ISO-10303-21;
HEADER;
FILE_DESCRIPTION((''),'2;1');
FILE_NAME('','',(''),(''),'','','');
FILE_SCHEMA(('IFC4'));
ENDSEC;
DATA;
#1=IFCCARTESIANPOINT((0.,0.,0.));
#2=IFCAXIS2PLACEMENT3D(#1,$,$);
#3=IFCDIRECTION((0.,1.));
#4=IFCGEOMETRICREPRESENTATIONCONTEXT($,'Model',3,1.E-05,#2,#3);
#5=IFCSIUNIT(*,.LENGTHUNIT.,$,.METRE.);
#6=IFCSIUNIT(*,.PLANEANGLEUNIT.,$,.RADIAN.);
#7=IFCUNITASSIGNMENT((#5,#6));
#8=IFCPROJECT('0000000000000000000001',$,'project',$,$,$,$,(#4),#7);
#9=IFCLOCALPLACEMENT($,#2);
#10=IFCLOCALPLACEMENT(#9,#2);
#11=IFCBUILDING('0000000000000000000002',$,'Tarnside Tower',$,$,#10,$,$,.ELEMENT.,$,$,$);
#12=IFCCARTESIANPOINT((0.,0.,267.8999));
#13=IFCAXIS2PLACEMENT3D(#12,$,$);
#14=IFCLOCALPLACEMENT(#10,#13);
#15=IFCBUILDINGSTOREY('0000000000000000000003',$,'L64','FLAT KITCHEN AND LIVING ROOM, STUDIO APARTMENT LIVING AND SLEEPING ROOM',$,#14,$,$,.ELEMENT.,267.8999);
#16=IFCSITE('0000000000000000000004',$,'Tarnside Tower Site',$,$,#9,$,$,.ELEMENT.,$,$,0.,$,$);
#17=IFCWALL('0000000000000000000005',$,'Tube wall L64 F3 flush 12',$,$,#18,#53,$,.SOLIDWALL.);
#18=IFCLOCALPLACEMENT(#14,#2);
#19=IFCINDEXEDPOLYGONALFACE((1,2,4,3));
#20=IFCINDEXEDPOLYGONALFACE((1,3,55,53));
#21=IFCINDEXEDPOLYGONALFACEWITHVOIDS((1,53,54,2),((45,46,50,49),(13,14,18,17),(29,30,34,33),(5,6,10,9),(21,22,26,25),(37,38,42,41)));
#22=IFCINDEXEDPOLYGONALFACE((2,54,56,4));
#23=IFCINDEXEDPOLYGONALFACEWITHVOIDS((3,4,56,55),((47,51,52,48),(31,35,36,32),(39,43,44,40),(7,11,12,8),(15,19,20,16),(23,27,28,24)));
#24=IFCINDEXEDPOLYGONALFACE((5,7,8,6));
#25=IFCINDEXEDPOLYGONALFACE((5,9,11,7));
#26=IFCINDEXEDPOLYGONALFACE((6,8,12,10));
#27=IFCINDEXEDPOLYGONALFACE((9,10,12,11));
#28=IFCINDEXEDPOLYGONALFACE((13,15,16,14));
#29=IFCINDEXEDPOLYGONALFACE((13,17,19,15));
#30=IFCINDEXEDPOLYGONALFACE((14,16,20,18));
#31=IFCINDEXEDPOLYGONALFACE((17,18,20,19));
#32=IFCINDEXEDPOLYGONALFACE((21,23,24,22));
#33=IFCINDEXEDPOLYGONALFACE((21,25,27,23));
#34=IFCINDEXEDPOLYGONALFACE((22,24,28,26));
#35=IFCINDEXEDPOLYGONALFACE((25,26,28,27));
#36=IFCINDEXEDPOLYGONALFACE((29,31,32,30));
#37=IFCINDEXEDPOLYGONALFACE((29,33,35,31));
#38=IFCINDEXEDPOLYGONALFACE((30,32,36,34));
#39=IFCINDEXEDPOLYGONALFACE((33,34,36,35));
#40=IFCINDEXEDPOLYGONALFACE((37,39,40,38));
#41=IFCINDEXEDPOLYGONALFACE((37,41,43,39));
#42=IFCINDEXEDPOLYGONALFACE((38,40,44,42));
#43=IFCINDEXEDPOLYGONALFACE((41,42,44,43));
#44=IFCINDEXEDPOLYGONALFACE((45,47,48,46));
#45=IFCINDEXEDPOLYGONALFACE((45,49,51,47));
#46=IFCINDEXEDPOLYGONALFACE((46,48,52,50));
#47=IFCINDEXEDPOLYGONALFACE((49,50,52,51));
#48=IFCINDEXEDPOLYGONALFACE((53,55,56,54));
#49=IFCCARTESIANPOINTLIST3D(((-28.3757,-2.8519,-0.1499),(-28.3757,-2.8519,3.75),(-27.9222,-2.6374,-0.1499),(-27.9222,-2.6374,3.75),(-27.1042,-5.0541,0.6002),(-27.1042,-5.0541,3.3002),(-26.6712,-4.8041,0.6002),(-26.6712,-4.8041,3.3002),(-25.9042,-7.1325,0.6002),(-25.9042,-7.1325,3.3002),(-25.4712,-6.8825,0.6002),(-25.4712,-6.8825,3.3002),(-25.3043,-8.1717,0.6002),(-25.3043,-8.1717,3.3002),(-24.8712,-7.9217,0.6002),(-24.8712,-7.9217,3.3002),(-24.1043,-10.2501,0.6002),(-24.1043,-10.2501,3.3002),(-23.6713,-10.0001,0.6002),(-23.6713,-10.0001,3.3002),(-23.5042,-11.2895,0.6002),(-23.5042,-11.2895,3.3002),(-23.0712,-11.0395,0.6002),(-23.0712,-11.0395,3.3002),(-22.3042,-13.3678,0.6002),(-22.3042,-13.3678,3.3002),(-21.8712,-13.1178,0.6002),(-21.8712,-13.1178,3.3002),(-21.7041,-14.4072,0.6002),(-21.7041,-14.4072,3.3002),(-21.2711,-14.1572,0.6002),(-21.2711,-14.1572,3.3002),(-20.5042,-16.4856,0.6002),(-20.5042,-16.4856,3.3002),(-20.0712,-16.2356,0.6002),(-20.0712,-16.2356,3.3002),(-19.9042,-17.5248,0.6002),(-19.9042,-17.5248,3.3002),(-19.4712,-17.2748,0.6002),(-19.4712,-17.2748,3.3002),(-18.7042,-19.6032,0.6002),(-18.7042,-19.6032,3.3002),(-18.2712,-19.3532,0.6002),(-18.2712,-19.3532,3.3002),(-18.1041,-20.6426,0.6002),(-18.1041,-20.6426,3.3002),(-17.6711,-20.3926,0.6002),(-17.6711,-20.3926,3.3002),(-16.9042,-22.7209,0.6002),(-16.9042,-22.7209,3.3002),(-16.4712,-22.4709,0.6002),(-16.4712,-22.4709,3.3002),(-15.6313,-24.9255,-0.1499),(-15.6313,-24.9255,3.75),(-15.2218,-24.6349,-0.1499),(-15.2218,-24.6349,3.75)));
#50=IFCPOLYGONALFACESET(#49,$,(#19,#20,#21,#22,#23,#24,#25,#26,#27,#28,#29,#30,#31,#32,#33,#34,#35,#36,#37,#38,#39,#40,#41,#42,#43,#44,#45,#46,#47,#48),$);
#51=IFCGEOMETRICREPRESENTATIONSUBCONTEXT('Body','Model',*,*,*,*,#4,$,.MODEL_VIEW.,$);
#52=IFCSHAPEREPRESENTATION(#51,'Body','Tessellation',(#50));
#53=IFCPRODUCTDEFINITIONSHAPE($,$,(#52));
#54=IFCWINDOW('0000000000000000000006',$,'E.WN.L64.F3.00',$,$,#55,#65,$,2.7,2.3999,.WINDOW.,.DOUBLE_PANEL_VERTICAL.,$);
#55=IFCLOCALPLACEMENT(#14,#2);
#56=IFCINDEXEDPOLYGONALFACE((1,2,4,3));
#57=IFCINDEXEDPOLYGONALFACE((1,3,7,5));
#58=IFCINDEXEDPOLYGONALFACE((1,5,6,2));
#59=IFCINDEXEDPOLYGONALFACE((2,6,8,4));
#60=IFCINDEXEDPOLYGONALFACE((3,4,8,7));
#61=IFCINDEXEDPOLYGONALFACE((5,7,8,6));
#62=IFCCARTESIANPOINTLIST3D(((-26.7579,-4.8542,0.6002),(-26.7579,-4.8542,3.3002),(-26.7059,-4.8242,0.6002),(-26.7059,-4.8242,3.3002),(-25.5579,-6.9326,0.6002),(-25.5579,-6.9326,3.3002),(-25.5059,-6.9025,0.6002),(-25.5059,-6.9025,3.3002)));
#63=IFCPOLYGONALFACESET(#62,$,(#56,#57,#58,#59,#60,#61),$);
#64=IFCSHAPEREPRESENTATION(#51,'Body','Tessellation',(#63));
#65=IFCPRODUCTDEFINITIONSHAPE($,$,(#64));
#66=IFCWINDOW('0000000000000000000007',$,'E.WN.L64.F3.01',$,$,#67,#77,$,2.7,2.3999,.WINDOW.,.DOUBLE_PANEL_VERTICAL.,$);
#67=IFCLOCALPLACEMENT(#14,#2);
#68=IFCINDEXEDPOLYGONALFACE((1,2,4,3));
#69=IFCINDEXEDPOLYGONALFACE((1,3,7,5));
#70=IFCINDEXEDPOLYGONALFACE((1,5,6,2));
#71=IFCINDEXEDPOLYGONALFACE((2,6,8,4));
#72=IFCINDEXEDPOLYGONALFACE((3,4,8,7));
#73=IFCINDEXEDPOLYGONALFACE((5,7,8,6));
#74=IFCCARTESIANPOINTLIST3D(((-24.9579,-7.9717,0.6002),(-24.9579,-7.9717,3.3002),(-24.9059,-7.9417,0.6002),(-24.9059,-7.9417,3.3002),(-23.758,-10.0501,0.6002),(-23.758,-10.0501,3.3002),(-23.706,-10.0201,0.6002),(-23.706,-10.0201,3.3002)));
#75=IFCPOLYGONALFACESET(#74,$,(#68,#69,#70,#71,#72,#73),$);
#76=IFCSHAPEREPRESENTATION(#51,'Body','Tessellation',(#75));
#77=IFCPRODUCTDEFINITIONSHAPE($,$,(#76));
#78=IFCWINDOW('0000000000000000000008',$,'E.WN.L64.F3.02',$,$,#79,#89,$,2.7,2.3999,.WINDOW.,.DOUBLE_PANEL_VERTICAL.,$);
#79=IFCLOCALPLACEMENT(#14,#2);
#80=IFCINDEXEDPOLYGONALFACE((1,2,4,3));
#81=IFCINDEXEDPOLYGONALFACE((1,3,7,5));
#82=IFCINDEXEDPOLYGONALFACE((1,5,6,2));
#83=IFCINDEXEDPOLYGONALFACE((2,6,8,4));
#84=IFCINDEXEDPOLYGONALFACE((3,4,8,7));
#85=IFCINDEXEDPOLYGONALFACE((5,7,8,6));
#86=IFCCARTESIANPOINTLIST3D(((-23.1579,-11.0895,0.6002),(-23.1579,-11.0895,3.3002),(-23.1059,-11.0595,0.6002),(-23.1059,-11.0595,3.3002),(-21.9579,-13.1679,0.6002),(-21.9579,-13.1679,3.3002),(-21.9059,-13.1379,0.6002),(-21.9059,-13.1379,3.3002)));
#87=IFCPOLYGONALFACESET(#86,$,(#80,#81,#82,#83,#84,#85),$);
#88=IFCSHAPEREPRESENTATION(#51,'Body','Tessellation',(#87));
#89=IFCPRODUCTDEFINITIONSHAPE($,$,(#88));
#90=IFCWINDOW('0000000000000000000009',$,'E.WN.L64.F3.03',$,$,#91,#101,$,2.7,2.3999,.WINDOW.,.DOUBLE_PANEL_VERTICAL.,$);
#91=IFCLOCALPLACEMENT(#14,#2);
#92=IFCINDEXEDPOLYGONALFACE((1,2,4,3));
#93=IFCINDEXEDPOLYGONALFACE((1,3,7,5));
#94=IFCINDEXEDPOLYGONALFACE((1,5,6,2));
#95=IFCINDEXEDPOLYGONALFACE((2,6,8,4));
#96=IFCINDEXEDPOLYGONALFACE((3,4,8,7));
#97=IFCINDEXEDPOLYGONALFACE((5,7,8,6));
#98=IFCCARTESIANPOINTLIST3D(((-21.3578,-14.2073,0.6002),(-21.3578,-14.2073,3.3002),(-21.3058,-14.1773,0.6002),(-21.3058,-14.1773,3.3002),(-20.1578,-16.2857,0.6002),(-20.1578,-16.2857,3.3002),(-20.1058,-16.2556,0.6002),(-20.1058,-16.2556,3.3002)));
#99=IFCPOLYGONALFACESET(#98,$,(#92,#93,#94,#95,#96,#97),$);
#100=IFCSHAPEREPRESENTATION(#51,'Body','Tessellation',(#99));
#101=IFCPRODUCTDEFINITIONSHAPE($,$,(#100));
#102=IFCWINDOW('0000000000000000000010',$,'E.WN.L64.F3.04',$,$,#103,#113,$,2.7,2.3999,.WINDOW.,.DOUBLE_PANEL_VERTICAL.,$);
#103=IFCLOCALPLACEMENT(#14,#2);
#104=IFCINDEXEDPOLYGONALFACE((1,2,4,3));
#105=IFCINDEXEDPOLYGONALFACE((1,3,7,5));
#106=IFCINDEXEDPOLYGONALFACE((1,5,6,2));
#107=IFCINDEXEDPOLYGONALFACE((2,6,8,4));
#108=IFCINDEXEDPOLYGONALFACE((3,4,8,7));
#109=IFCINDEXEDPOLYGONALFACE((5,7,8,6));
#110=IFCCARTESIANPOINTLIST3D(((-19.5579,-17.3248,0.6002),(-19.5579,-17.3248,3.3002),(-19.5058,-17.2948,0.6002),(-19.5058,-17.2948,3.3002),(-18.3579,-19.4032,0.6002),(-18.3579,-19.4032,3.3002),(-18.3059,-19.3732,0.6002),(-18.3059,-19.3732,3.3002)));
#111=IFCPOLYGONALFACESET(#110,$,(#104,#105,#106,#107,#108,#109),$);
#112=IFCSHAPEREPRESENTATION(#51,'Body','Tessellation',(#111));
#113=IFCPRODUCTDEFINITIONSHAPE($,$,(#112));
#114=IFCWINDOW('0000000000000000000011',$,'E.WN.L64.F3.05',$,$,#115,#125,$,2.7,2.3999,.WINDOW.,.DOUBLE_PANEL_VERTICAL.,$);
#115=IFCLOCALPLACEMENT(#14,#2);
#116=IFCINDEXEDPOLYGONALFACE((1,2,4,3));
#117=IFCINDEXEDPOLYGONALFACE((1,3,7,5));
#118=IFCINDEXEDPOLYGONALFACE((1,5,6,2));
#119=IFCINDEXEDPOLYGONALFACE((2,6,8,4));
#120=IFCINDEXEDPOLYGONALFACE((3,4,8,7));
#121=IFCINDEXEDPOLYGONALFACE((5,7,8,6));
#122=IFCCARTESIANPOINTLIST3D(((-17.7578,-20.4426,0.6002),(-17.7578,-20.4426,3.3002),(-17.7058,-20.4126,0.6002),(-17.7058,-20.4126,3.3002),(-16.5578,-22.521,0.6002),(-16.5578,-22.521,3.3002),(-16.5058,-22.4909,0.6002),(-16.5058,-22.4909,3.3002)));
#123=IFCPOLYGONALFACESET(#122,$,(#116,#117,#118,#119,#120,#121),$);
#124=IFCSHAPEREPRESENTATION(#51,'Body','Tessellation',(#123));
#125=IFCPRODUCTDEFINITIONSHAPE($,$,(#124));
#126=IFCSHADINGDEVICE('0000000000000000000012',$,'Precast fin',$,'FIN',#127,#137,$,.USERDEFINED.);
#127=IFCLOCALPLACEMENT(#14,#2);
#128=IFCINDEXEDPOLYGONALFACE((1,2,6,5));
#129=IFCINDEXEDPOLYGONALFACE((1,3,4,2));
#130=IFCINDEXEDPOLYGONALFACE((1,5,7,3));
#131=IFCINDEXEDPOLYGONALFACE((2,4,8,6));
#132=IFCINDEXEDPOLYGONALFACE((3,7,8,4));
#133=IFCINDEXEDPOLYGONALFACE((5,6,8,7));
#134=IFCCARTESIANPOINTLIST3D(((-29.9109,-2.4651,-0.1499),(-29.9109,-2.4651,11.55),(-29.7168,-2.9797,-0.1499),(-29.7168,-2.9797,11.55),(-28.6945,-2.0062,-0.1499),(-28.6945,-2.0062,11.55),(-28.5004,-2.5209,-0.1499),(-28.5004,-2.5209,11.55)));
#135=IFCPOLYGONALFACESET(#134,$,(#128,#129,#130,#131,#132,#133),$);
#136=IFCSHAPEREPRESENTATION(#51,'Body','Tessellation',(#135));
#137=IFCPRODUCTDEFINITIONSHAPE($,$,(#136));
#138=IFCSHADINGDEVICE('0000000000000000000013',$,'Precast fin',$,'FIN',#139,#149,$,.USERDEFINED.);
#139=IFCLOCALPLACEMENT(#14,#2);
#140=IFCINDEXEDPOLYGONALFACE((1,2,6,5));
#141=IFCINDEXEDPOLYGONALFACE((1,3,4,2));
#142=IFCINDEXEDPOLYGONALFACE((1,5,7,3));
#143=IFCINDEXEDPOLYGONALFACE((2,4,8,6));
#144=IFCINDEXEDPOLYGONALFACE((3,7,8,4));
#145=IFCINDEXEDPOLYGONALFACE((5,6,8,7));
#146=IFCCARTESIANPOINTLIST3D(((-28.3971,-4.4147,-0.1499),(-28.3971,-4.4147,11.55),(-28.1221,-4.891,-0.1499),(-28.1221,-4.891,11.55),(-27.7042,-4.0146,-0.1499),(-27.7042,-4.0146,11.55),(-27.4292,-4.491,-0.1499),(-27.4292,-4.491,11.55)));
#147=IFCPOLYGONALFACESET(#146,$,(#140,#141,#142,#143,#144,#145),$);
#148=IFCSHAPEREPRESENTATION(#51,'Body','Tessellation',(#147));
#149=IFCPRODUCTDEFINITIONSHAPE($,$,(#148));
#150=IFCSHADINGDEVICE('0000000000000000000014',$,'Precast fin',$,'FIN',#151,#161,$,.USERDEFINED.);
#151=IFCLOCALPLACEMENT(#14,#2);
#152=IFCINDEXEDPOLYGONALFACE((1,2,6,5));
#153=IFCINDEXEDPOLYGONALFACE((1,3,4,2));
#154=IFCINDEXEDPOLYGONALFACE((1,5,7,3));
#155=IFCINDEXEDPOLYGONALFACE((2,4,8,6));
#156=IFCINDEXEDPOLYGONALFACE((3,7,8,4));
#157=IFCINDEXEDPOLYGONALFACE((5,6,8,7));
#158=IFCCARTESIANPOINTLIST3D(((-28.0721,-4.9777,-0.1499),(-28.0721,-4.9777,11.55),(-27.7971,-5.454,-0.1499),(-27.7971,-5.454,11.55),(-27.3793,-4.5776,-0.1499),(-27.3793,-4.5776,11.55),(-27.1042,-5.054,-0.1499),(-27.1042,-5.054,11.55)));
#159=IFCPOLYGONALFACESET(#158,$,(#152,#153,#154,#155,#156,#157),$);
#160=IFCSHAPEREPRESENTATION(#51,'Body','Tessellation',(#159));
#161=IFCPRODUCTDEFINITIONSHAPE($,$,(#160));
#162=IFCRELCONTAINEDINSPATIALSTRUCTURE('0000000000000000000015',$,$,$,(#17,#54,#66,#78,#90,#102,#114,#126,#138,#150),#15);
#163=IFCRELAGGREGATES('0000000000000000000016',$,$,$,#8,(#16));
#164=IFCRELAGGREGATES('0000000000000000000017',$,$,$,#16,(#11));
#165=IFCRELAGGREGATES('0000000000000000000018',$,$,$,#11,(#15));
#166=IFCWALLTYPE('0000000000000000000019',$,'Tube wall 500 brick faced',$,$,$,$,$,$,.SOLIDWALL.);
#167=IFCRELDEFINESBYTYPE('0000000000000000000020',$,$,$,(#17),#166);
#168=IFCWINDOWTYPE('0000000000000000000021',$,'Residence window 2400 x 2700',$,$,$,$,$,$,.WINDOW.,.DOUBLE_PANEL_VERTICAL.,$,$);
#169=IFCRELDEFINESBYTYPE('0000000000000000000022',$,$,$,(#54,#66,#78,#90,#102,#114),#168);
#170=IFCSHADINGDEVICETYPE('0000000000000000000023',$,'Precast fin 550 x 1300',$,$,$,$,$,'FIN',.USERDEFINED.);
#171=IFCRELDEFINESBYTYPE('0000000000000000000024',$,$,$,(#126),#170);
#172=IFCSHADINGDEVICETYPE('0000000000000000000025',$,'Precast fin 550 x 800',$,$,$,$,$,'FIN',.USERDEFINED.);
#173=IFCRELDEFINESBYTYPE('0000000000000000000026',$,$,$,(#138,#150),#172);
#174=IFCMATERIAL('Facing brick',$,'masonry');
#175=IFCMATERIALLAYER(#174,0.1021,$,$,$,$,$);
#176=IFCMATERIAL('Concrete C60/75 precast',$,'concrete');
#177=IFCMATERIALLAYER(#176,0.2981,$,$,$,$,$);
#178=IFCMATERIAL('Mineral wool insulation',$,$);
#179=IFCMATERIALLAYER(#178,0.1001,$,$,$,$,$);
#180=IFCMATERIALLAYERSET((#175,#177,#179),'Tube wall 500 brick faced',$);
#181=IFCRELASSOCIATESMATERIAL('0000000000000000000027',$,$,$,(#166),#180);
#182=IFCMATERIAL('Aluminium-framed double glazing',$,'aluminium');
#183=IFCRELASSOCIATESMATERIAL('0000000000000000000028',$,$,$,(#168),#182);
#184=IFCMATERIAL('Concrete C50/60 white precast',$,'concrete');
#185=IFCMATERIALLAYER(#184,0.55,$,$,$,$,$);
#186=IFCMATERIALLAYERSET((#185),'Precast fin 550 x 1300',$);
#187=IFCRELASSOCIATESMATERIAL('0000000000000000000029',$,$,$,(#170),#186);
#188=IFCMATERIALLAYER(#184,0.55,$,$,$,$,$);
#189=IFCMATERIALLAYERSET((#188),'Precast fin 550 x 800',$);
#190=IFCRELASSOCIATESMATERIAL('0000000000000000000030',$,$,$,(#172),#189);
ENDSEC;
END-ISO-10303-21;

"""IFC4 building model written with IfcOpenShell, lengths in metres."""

from ifc_helpers import new_model, si_unit, direction, frame, frame_2d, origin, place, context, subcontext, project, spatial, polyline, rectangle, outline, extrude, material, layer, layer_set, type_object, element, fill, save


model = new_model("IFC4")

# Units and contexts
model_context = context("Model", 3, precision=1e-05, world=origin(), true_north=direction((0.0, 1.0)))
body_context = subcontext(model_context, "Body", "Model", "MODEL_VIEW")
ifc_project = project(units=[si_unit("LENGTHUNIT", "METRE"), si_unit("PLANEANGLEUNIT", "RADIAN")], contexts=[model_context])

# Site, building, storey
site_placement = place(None, origin())
site = spatial("IfcSite", under=ifc_project, at=site_placement, Name="Tarnside Tower Site", CompositionType="ELEMENT", RefElevation=0.0)
building_placement = place(site_placement, origin())
building = spatial("IfcBuilding", under=site, at=building_placement, Name="Tarnside Tower", CompositionType="ELEMENT")
storey_placement = place(building_placement, frame((0.0, 0.0, 267.8999)))
storey = spatial("IfcBuildingStorey", under=building, at=storey_placement, Name="L64", Description="FLAT KITCHEN AND LIVING ROOM, STUDIO APARTMENT LIVING AND SLEEPING ROOM", CompositionType="ELEMENT", Elevation=267.8999)

# Shared definitions
ifc_material_1 = material(Name="Facing brick", Category="masonry")
ifc_layer_1 = layer(ifc_material_1, 0.1021)
ifc_material_2 = material(Name="Concrete C60/75 precast", Category="concrete")
ifc_layer_2 = layer(ifc_material_2, 0.2981)
ifc_material_3 = material(Name="Mineral wool insulation")
ifc_layer_3 = layer(ifc_material_3, 0.1001)
ifc_layer_set_1 = layer_set([ifc_layer_1, ifc_layer_2, ifc_layer_3], Name="Tube wall 500 brick faced")
wall_type_1 = type_object("IfcWallType", Name="Tube wall 500 brick faced", PredefinedType="SOLIDWALL", material=ifc_layer_set_1)

# Wall, openings, windows
wall_1_placement = place(storey_placement, frame((-28.1489, -2.7446, -0.1499), z_axis=(0.0, 0.0, 1.0), x_axis=(0.500004, -0.866023, 0.0)))
wall_1 = element("IfcWall", 1, at=wall_1_placement, inside=storey, type_object=wall_type_1, Name="Tube wall L64 F3 flush 12", PredefinedType="SOLIDWALL", context=body_context, shape_type="SweptSolid", body=[
    extrude(outline(polyline([(-0.0205, -0.25), (25.468, -0.25), (25.4211, 0.25), (0.0205, 0.25), (-0.0205, -0.25)])), origin(), (0.0, 0.0, 1.0), 3.8999),
])
opening_1_placement = place(wall_1_placement, frame((2.5225, 0.0, 0.75)))
opening_1 = element("IfcOpeningElement", 2, at=opening_1_placement, cuts=wall_1, PredefinedType="OPENING", context=body_context, shape_type="SweptSolid", body=[
    extrude(rectangle(XDim=2.3999, YDim=2.7, at=frame_2d((1.2, 1.3501))), frame((0.0, 0.26, 0.0), z_axis=(0.0, -1.0, 0.0), x_axis=(1.0, 0.0, 0.0)), (0.0, 0.0, 1.0), 0.52),
])
opening_2_placement = place(wall_1_placement, frame((6.1223, 0.0, 0.75)))
opening_2 = element("IfcOpeningElement", 3, at=opening_2_placement, cuts=wall_1, PredefinedType="OPENING", context=body_context, shape_type="SweptSolid", body=[
    extrude(rectangle(XDim=2.3999, YDim=2.7, at=frame_2d((1.2, 1.3501))), frame((0.0, 0.26, 0.0), z_axis=(0.0, -1.0, 0.0), x_axis=(1.0, 0.0, 0.0)), (0.0, 0.0, 1.0), 0.52),
])
opening_3_placement = place(wall_1_placement, frame((9.7224, 0.0, 0.75)))
opening_3 = element("IfcOpeningElement", 4, at=opening_3_placement, cuts=wall_1, PredefinedType="OPENING", context=body_context, shape_type="SweptSolid", body=[
    extrude(rectangle(XDim=2.3999, YDim=2.7, at=frame_2d((1.2, 1.3501))), frame((0.0, 0.26, 0.0), z_axis=(0.0, -1.0, 0.0), x_axis=(1.0, 0.0, 0.0)), (0.0, 0.0, 1.0), 0.52),
])
opening_4_placement = place(wall_1_placement, frame((13.3225, 0.0, 0.75)))
opening_4 = element("IfcOpeningElement", 5, at=opening_4_placement, cuts=wall_1, PredefinedType="OPENING", context=body_context, shape_type="SweptSolid", body=[
    extrude(rectangle(XDim=2.3999, YDim=2.7, at=frame_2d((1.2, 1.3501))), frame((0.0, 0.26, 0.0), z_axis=(0.0, -1.0, 0.0), x_axis=(1.0, 0.0, 0.0)), (0.0, 0.0, 1.0), 0.52),
])
opening_5_placement = place(wall_1_placement, frame((16.9224, 0.0, 0.75)))
opening_5 = element("IfcOpeningElement", 6, at=opening_5_placement, cuts=wall_1, PredefinedType="OPENING", context=body_context, shape_type="SweptSolid", body=[
    extrude(rectangle(XDim=2.3999, YDim=2.7, at=frame_2d((1.2, 1.3501))), frame((0.0, 0.26, 0.0), z_axis=(0.0, -1.0, 0.0), x_axis=(1.0, 0.0, 0.0)), (0.0, 0.0, 1.0), 0.52),
])
opening_6_placement = place(wall_1_placement, frame((20.5225, 0.0, 0.75)))
opening_6 = element("IfcOpeningElement", 7, at=opening_6_placement, cuts=wall_1, PredefinedType="OPENING", context=body_context, shape_type="SweptSolid", body=[
    extrude(rectangle(XDim=2.3999, YDim=2.7, at=frame_2d((1.2, 1.3501))), frame((0.0, 0.26, 0.0), z_axis=(0.0, -1.0, 0.0), x_axis=(1.0, 0.0, 0.0)), (0.0, 0.0, 1.0), 0.52),
])
ifc_material_4 = material(Name="Aluminium-framed double glazing", Category="aluminium")
window_type = type_object("IfcWindowType", Name="Residence window 2400 x 2700", PartitioningType="DOUBLE_PANEL_VERTICAL", PredefinedType="WINDOW", material=ifc_material_4)
window_1_placement = place(opening_1_placement, frame((0.0, 0.1799, 0.0)))
window_1 = element("IfcWindow", 8, at=window_1_placement, inside=storey, type_object=window_type, Name="E.WN.L64.F3.00", OverallHeight=2.7, OverallWidth=2.3999, PartitioningType="DOUBLE_PANEL_VERTICAL", PredefinedType="WINDOW", context=body_context, shape_type="SweptSolid", body=[
    extrude(rectangle(XDim=2.3999, YDim=2.7, at=frame_2d((1.2, 1.3501))), frame((0.0, 0.03, 0.0), z_axis=(0.0, -1.0, 0.0), x_axis=(1.0, 0.0, 0.0)), (0.0, 0.0, 1.0), 0.0601),
])
fill(opening_1, window_1)
window_2_placement = place(opening_2_placement, frame((0.0, 0.1799, 0.0)))
window_2 = element("IfcWindow", 9, at=window_2_placement, inside=storey, type_object=window_type, Name="E.WN.L64.F3.01", OverallHeight=2.7, OverallWidth=2.3999, PartitioningType="DOUBLE_PANEL_VERTICAL", PredefinedType="WINDOW", context=body_context, shape_type="SweptSolid", body=[
    extrude(rectangle(XDim=2.3999, YDim=2.7, at=frame_2d((1.2, 1.3501))), frame((0.0, 0.03, 0.0), z_axis=(0.0, -1.0, 0.0), x_axis=(1.0, 0.0, 0.0)), (0.0, 0.0, 1.0), 0.0601),
])
fill(opening_2, window_2)
window_3_placement = place(opening_3_placement, frame((0.0, 0.1799, 0.0)))
window_3 = element("IfcWindow", 10, at=window_3_placement, inside=storey, type_object=window_type, Name="E.WN.L64.F3.02", OverallHeight=2.7, OverallWidth=2.3999, PartitioningType="DOUBLE_PANEL_VERTICAL", PredefinedType="WINDOW", context=body_context, shape_type="SweptSolid", body=[
    extrude(rectangle(XDim=2.3999, YDim=2.7, at=frame_2d((1.2, 1.3501))), frame((0.0, 0.03, 0.0), z_axis=(0.0, -1.0, 0.0), x_axis=(1.0, 0.0, 0.0)), (0.0, 0.0, 1.0), 0.0601),
])
fill(opening_3, window_3)
window_4_placement = place(opening_4_placement, frame((0.0, 0.1799, 0.0)))
window_4 = element("IfcWindow", 11, at=window_4_placement, inside=storey, type_object=window_type, Name="E.WN.L64.F3.03", OverallHeight=2.7, OverallWidth=2.3999, PartitioningType="DOUBLE_PANEL_VERTICAL", PredefinedType="WINDOW", context=body_context, shape_type="SweptSolid", body=[
    extrude(rectangle(XDim=2.3999, YDim=2.7, at=frame_2d((1.2, 1.3501))), frame((0.0, 0.03, 0.0), z_axis=(0.0, -1.0, 0.0), x_axis=(1.0, 0.0, 0.0)), (0.0, 0.0, 1.0), 0.0601),
])
fill(opening_4, window_4)
window_5_placement = place(opening_5_placement, frame((0.0, 0.1799, 0.0)))
window_5 = element("IfcWindow", 12, at=window_5_placement, inside=storey, type_object=window_type, Name="E.WN.L64.F3.04", OverallHeight=2.7, OverallWidth=2.3999, PartitioningType="DOUBLE_PANEL_VERTICAL", PredefinedType="WINDOW", context=body_context, shape_type="SweptSolid", body=[
    extrude(rectangle(XDim=2.3999, YDim=2.7, at=frame_2d((1.2, 1.3501))), frame((0.0, 0.03, 0.0), z_axis=(0.0, -1.0, 0.0), x_axis=(1.0, 0.0, 0.0)), (0.0, 0.0, 1.0), 0.0601),
])
fill(opening_5, window_5)
window_6_placement = place(opening_6_placement, frame((0.0, 0.1799, 0.0)))
window_6 = element("IfcWindow", 13, at=window_6_placement, inside=storey, type_object=window_type, Name="E.WN.L64.F3.05", OverallHeight=2.7, OverallWidth=2.3999, PartitioningType="DOUBLE_PANEL_VERTICAL", PredefinedType="WINDOW", context=body_context, shape_type="SweptSolid", body=[
    extrude(rectangle(XDim=2.3999, YDim=2.7, at=frame_2d((1.2, 1.3501))), frame((0.0, 0.03, 0.0), z_axis=(0.0, -1.0, 0.0), x_axis=(1.0, 0.0, 0.0)), (0.0, 0.0, 1.0), 0.0601),
])
fill(opening_6, window_6)

# Shading devices
ifc_material_5 = material(Name="Concrete C50/60 white precast", Category="concrete")
ifc_layer_4 = layer(ifc_material_5, 0.55)
ifc_layer_set_2 = layer_set([ifc_layer_4], Name="Precast fin 550 x 1300")
shading_device_type_1 = type_object("IfcShadingDeviceType", Name="Precast fin 550 x 1300", ElementType="FIN", PredefinedType="USERDEFINED", material=ifc_layer_set_2)
shading_device_placement = place(storey_placement, frame((-28.5974, -2.2637, -0.1499), z_axis=(-0.352931, 0.93565, 0.0), x_axis=(-0.93565, -0.352931, 0.0)))
element("IfcShadingDevice", 14, at=shading_device_placement, inside=storey, type_object=shading_device_type_1, Name="Precast fin", ObjectType="FIN", PredefinedType="USERDEFINED", context=body_context, shape_type="SweptSolid", body=[
    extrude(outline(polyline([(0.0, 0.0), (1.3, 0.0), (1.3, 11.7), (0.0, 11.7), (0.0, 0.0)])), frame((0.0, 0.0, -0.2749)), (0.0, 0.0, 1.0), 0.55),
])
ifc_layer_5 = layer(ifc_material_5, 0.55)
ifc_layer_set_3 = layer_set([ifc_layer_5], Name="Precast fin 550 x 800")
shading_device_type_2 = type_object("IfcShadingDeviceType", Name="Precast fin 550 x 800", ElementType="FIN", PredefinedType="USERDEFINED", material=ifc_layer_set_3)
for number, where, z_axis, x_axis, name in (
    (15, (-27.5667, -4.2529, -0.1499), (-0.5, 0.866025, 0.0), (-0.866025, -0.5, 0.0), "Precast fin"),
    (16, (-27.2417, -4.8159, -0.1499), (-0.5, 0.866025, 0.0), (-0.866025, -0.5, 0.0), "Precast fin"),
):
    element("IfcShadingDevice", number, at=place(storey_placement, frame(where, z_axis=z_axis, x_axis=x_axis)), inside=storey, type_object=shading_device_type_2, Name=name, ObjectType="FIN", PredefinedType="USERDEFINED", context=body_context, shape_type="SweptSolid", body=[
        extrude(outline(polyline([(0.0, 0.0), (0.8, 0.0), (0.8, 11.7), (0.0, 11.7), (0.0, 0.0)])), frame((0.0, 0.0, -0.2749)), (0.0, 0.0, 1.0), 0.55),
    ])

save(model, "model.ifc")
